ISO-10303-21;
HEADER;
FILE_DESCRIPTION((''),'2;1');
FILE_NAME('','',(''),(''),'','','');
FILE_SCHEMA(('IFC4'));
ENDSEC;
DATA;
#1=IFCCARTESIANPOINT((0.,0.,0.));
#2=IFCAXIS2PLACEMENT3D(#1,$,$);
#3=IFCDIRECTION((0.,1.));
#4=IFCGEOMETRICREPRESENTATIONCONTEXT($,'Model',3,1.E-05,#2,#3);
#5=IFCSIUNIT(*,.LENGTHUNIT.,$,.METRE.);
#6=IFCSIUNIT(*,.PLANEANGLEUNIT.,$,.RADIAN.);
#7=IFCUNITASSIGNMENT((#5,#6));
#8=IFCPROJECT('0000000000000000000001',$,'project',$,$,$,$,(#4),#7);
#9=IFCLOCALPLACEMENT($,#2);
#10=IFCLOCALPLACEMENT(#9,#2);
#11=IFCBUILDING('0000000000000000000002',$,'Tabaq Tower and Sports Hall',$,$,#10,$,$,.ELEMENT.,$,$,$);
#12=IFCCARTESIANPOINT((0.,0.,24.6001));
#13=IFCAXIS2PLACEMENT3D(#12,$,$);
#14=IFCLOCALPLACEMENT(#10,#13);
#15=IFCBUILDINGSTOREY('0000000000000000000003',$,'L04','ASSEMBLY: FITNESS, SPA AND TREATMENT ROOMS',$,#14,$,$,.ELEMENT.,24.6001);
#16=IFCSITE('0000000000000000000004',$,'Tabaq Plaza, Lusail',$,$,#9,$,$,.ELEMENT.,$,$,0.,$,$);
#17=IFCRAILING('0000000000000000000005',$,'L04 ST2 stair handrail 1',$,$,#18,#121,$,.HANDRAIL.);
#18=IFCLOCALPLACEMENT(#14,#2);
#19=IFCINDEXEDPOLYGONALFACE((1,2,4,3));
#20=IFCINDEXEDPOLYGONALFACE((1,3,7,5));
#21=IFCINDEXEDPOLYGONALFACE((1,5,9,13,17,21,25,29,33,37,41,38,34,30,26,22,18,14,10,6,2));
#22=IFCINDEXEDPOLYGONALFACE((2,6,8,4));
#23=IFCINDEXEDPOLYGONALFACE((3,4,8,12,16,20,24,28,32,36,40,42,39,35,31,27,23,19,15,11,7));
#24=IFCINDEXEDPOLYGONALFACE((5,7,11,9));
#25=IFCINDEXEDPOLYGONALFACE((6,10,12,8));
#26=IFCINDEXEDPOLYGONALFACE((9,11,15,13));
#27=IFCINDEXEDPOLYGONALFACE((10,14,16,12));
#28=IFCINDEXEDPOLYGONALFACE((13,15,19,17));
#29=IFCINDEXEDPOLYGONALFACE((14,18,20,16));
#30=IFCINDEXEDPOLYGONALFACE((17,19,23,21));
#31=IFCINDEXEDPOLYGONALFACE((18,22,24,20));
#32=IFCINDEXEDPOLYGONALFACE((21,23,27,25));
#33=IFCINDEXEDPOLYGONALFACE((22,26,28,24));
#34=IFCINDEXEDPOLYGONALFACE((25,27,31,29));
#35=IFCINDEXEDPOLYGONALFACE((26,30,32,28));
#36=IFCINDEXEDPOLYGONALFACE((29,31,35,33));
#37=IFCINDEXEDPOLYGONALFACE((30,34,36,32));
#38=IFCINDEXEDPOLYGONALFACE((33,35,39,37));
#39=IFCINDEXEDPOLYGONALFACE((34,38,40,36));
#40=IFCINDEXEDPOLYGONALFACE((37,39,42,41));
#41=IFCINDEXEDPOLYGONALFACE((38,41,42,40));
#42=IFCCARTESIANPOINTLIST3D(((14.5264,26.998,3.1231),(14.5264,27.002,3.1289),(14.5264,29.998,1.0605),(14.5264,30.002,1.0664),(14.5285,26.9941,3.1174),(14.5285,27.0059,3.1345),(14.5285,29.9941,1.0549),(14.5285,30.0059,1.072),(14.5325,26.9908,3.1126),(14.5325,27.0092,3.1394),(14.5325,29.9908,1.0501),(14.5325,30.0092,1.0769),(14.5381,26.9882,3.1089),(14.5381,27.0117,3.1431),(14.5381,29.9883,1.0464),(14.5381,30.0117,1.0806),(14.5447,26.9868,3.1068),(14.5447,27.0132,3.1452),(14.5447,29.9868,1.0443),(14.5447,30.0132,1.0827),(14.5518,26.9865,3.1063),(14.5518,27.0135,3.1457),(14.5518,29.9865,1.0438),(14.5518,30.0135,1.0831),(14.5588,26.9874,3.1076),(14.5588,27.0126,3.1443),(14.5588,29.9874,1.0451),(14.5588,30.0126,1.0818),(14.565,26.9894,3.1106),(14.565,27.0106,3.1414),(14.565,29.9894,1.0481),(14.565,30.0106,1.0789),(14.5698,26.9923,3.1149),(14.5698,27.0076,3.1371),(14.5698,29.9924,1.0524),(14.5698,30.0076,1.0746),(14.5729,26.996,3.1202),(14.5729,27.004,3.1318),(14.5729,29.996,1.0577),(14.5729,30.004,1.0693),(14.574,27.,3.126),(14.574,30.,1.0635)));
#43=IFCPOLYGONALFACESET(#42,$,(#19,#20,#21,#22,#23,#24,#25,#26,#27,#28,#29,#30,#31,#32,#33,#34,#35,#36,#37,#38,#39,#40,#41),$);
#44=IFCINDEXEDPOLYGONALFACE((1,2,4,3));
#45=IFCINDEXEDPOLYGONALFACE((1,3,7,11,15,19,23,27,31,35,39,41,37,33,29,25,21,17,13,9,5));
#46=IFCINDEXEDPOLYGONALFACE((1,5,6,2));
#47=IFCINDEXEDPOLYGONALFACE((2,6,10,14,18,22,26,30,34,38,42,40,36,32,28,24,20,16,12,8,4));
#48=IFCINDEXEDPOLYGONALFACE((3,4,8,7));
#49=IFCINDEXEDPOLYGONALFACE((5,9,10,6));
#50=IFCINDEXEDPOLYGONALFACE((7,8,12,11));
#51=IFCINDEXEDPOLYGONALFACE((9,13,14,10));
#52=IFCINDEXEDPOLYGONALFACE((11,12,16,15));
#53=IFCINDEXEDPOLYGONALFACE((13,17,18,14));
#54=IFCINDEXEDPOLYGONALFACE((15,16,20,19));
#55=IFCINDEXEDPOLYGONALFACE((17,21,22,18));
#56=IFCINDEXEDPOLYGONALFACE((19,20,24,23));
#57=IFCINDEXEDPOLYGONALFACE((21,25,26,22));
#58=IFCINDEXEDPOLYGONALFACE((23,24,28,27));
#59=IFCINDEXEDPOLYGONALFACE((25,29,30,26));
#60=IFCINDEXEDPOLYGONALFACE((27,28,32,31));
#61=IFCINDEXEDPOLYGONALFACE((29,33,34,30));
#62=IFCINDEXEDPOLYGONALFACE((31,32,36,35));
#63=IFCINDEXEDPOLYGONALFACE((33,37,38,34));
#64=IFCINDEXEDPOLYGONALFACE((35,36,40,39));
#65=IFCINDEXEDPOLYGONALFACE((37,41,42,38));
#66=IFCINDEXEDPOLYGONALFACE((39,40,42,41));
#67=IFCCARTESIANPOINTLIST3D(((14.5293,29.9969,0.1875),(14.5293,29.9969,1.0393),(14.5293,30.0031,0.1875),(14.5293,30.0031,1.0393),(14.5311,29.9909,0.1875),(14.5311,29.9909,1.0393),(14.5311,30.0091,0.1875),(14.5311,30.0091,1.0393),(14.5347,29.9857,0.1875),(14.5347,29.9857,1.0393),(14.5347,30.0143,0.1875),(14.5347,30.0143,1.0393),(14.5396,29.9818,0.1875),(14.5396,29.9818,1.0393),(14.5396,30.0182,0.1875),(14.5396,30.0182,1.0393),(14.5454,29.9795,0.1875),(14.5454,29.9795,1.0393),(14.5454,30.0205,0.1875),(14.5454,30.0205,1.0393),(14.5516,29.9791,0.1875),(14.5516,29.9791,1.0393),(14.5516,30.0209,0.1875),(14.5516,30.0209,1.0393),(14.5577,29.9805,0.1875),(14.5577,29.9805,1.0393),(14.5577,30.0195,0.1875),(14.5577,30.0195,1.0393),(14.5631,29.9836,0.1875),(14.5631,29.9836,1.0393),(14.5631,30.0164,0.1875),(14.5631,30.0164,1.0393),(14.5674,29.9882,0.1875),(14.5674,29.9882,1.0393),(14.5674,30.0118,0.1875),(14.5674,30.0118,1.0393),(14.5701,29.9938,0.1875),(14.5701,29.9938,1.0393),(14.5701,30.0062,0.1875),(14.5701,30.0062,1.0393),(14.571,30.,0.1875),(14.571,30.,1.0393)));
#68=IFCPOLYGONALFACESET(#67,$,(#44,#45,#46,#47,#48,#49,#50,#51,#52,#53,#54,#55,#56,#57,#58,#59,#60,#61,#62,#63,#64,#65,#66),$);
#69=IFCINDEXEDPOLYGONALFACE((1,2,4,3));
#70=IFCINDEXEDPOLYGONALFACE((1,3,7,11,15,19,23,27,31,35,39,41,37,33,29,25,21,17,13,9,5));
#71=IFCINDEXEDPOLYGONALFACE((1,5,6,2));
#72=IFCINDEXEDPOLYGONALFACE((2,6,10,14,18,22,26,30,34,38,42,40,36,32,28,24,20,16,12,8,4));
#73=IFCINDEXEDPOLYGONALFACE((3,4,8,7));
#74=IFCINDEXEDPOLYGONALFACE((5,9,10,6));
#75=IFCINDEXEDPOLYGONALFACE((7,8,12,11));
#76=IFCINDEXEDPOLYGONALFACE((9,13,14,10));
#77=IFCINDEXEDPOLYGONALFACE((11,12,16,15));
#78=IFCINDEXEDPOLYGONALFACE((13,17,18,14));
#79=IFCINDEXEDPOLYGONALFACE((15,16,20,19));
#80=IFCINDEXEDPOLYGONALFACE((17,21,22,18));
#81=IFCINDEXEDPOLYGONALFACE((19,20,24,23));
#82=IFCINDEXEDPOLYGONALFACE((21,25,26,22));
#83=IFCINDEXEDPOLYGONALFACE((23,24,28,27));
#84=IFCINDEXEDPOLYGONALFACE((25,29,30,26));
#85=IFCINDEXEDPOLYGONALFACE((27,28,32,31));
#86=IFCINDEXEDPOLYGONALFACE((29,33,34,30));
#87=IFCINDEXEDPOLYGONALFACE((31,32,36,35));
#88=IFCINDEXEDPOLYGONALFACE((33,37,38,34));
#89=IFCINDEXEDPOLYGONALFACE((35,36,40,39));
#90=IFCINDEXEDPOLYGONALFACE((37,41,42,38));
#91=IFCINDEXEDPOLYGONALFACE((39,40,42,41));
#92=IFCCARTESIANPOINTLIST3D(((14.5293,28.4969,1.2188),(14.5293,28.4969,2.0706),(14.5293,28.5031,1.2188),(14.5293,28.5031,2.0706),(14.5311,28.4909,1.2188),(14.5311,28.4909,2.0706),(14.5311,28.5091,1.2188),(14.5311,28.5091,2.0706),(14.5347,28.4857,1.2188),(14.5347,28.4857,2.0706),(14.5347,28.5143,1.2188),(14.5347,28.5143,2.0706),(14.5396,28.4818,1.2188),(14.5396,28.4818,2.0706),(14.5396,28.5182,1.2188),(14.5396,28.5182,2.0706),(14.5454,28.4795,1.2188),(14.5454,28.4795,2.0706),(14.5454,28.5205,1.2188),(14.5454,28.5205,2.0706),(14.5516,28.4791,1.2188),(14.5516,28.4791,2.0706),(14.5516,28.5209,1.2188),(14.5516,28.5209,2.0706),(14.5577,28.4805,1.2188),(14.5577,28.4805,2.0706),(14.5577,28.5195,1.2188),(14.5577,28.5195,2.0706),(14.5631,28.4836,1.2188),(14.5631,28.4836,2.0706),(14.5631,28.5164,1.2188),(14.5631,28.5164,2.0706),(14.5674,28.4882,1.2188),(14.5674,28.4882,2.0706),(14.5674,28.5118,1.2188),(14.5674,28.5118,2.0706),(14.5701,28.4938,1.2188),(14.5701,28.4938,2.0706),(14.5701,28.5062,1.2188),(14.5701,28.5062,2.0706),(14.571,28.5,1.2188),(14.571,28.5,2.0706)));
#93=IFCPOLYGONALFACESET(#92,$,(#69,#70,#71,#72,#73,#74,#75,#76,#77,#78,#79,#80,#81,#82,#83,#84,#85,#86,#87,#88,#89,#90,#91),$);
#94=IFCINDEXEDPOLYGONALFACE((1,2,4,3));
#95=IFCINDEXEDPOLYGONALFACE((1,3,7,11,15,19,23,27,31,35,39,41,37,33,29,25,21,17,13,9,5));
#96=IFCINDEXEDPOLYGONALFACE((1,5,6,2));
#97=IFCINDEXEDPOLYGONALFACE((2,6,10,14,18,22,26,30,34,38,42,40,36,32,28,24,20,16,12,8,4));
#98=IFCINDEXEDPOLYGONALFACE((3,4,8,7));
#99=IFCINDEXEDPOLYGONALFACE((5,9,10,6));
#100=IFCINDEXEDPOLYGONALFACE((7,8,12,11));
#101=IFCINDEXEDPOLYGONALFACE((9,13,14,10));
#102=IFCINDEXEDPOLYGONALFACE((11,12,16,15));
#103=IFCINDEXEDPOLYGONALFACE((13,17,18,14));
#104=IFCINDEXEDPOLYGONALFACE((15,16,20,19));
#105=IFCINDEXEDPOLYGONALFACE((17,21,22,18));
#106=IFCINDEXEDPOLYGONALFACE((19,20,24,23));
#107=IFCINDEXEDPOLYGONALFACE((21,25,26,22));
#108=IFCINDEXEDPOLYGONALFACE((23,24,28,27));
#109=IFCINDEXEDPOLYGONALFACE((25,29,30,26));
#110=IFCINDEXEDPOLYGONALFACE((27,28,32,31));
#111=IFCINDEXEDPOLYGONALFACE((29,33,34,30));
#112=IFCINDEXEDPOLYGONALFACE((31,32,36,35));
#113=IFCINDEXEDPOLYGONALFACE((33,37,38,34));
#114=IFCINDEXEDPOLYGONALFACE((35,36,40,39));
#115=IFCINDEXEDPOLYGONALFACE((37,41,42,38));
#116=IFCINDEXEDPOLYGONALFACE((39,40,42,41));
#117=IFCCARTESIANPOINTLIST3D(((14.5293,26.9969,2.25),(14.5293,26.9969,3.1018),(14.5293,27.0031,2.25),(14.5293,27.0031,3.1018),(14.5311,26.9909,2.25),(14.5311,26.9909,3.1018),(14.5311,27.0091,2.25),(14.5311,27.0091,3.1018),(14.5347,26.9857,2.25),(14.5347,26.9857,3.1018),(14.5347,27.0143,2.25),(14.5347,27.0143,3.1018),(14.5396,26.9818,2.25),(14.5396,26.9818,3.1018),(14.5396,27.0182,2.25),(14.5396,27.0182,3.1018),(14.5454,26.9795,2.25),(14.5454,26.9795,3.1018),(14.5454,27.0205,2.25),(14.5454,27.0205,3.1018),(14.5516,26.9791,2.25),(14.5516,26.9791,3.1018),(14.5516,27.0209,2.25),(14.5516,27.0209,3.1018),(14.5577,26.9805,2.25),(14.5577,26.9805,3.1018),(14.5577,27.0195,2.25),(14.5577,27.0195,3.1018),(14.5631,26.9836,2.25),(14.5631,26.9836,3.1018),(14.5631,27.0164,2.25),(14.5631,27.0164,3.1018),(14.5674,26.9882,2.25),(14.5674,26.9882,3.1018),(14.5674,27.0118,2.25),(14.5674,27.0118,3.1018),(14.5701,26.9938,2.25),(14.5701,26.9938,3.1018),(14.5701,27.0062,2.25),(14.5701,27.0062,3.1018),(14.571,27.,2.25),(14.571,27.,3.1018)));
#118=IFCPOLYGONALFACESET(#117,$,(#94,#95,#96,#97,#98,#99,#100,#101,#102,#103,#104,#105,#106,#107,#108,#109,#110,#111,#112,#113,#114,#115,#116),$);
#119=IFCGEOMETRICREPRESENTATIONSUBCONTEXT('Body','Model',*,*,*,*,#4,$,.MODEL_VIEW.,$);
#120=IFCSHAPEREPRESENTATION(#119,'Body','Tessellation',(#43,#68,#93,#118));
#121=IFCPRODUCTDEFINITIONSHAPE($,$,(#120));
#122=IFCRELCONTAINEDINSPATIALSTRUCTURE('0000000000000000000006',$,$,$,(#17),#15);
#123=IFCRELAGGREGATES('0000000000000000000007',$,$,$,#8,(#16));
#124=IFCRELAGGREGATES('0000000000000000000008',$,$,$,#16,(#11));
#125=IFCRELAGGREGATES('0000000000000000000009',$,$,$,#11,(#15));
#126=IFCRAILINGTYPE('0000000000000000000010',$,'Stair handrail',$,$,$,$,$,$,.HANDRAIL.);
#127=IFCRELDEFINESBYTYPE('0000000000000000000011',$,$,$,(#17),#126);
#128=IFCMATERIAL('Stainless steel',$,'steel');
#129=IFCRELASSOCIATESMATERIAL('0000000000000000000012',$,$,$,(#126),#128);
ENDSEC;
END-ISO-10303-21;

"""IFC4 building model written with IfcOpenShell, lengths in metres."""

from ifc_helpers import new_model, si_unit, direction, frame, origin, origin_2d, place, context, subcontext, project, spatial, circle, extrude, material, type_object, element, save


model = new_model("IFC4")

# Units and contexts
model_context = context("Model", 3, precision=1e-05, world=origin(), true_north=direction((0.0, 1.0)))
body_context = subcontext(model_context, "Body", "Model", "MODEL_VIEW")
ifc_project = project(units=[si_unit("LENGTHUNIT", "METRE"), si_unit("PLANEANGLEUNIT", "RADIAN")], contexts=[model_context])

# Site, building, storey
site_placement = place(None, origin())
site = spatial("IfcSite", under=ifc_project, at=site_placement, Name="Tabaq Plaza, Lusail", CompositionType="ELEMENT", RefElevation=0.0)
building_placement = place(site_placement, origin())
building = spatial("IfcBuilding", under=site, at=building_placement, Name="Tabaq Tower and Sports Hall", CompositionType="ELEMENT")
storey_placement = place(building_placement, frame((0.0, 0.0, 24.6001)))
storey = spatial("IfcBuildingStorey", under=building, at=storey_placement, Name="L04", Description="ASSEMBLY: FITNESS, SPA AND TREATMENT ROOMS", CompositionType="ELEMENT", Elevation=24.6001)

# Railing
ifc_material_1 = material(Name="Stainless steel", Category="steel")
railing_type_1 = type_object("IfcRailingType", Name="Stair handrail", PredefinedType="HANDRAIL", material=ifc_material_1)
railing_1_placement = place(storey_placement, frame((14.55, 30.0, 0.1875)))
element("IfcRailing", 1, at=railing_1_placement, inside=storey, type_object=railing_type_1, Name="L04 ST2 stair handrail 1", PredefinedType="HANDRAIL", context=body_context, shape_type="SweptSolid", body=[
    extrude(circle(Radius=0.0239, at=origin_2d()), frame((0.0, 0.0, 0.876), z_axis=(0.0, -0.824042, 0.566529), x_axis=(1.0, 0.0, 0.0)), (0.0, 0.0, 1.0), 3.6406),
    extrude(circle(Radius=0.021, at=origin_2d()), origin(), (0.0, 0.0, 1.0), 0.8518),
    extrude(circle(Radius=0.021, at=origin_2d()), frame((0.0, -1.5, 1.0312)), (0.0, 0.0, 1.0), 0.8518),
    extrude(circle(Radius=0.021, at=origin_2d()), frame((0.0, -3.0, 2.0625)), (0.0, 0.0, 1.0), 0.8518),
])

save(model, "model.ifc")
